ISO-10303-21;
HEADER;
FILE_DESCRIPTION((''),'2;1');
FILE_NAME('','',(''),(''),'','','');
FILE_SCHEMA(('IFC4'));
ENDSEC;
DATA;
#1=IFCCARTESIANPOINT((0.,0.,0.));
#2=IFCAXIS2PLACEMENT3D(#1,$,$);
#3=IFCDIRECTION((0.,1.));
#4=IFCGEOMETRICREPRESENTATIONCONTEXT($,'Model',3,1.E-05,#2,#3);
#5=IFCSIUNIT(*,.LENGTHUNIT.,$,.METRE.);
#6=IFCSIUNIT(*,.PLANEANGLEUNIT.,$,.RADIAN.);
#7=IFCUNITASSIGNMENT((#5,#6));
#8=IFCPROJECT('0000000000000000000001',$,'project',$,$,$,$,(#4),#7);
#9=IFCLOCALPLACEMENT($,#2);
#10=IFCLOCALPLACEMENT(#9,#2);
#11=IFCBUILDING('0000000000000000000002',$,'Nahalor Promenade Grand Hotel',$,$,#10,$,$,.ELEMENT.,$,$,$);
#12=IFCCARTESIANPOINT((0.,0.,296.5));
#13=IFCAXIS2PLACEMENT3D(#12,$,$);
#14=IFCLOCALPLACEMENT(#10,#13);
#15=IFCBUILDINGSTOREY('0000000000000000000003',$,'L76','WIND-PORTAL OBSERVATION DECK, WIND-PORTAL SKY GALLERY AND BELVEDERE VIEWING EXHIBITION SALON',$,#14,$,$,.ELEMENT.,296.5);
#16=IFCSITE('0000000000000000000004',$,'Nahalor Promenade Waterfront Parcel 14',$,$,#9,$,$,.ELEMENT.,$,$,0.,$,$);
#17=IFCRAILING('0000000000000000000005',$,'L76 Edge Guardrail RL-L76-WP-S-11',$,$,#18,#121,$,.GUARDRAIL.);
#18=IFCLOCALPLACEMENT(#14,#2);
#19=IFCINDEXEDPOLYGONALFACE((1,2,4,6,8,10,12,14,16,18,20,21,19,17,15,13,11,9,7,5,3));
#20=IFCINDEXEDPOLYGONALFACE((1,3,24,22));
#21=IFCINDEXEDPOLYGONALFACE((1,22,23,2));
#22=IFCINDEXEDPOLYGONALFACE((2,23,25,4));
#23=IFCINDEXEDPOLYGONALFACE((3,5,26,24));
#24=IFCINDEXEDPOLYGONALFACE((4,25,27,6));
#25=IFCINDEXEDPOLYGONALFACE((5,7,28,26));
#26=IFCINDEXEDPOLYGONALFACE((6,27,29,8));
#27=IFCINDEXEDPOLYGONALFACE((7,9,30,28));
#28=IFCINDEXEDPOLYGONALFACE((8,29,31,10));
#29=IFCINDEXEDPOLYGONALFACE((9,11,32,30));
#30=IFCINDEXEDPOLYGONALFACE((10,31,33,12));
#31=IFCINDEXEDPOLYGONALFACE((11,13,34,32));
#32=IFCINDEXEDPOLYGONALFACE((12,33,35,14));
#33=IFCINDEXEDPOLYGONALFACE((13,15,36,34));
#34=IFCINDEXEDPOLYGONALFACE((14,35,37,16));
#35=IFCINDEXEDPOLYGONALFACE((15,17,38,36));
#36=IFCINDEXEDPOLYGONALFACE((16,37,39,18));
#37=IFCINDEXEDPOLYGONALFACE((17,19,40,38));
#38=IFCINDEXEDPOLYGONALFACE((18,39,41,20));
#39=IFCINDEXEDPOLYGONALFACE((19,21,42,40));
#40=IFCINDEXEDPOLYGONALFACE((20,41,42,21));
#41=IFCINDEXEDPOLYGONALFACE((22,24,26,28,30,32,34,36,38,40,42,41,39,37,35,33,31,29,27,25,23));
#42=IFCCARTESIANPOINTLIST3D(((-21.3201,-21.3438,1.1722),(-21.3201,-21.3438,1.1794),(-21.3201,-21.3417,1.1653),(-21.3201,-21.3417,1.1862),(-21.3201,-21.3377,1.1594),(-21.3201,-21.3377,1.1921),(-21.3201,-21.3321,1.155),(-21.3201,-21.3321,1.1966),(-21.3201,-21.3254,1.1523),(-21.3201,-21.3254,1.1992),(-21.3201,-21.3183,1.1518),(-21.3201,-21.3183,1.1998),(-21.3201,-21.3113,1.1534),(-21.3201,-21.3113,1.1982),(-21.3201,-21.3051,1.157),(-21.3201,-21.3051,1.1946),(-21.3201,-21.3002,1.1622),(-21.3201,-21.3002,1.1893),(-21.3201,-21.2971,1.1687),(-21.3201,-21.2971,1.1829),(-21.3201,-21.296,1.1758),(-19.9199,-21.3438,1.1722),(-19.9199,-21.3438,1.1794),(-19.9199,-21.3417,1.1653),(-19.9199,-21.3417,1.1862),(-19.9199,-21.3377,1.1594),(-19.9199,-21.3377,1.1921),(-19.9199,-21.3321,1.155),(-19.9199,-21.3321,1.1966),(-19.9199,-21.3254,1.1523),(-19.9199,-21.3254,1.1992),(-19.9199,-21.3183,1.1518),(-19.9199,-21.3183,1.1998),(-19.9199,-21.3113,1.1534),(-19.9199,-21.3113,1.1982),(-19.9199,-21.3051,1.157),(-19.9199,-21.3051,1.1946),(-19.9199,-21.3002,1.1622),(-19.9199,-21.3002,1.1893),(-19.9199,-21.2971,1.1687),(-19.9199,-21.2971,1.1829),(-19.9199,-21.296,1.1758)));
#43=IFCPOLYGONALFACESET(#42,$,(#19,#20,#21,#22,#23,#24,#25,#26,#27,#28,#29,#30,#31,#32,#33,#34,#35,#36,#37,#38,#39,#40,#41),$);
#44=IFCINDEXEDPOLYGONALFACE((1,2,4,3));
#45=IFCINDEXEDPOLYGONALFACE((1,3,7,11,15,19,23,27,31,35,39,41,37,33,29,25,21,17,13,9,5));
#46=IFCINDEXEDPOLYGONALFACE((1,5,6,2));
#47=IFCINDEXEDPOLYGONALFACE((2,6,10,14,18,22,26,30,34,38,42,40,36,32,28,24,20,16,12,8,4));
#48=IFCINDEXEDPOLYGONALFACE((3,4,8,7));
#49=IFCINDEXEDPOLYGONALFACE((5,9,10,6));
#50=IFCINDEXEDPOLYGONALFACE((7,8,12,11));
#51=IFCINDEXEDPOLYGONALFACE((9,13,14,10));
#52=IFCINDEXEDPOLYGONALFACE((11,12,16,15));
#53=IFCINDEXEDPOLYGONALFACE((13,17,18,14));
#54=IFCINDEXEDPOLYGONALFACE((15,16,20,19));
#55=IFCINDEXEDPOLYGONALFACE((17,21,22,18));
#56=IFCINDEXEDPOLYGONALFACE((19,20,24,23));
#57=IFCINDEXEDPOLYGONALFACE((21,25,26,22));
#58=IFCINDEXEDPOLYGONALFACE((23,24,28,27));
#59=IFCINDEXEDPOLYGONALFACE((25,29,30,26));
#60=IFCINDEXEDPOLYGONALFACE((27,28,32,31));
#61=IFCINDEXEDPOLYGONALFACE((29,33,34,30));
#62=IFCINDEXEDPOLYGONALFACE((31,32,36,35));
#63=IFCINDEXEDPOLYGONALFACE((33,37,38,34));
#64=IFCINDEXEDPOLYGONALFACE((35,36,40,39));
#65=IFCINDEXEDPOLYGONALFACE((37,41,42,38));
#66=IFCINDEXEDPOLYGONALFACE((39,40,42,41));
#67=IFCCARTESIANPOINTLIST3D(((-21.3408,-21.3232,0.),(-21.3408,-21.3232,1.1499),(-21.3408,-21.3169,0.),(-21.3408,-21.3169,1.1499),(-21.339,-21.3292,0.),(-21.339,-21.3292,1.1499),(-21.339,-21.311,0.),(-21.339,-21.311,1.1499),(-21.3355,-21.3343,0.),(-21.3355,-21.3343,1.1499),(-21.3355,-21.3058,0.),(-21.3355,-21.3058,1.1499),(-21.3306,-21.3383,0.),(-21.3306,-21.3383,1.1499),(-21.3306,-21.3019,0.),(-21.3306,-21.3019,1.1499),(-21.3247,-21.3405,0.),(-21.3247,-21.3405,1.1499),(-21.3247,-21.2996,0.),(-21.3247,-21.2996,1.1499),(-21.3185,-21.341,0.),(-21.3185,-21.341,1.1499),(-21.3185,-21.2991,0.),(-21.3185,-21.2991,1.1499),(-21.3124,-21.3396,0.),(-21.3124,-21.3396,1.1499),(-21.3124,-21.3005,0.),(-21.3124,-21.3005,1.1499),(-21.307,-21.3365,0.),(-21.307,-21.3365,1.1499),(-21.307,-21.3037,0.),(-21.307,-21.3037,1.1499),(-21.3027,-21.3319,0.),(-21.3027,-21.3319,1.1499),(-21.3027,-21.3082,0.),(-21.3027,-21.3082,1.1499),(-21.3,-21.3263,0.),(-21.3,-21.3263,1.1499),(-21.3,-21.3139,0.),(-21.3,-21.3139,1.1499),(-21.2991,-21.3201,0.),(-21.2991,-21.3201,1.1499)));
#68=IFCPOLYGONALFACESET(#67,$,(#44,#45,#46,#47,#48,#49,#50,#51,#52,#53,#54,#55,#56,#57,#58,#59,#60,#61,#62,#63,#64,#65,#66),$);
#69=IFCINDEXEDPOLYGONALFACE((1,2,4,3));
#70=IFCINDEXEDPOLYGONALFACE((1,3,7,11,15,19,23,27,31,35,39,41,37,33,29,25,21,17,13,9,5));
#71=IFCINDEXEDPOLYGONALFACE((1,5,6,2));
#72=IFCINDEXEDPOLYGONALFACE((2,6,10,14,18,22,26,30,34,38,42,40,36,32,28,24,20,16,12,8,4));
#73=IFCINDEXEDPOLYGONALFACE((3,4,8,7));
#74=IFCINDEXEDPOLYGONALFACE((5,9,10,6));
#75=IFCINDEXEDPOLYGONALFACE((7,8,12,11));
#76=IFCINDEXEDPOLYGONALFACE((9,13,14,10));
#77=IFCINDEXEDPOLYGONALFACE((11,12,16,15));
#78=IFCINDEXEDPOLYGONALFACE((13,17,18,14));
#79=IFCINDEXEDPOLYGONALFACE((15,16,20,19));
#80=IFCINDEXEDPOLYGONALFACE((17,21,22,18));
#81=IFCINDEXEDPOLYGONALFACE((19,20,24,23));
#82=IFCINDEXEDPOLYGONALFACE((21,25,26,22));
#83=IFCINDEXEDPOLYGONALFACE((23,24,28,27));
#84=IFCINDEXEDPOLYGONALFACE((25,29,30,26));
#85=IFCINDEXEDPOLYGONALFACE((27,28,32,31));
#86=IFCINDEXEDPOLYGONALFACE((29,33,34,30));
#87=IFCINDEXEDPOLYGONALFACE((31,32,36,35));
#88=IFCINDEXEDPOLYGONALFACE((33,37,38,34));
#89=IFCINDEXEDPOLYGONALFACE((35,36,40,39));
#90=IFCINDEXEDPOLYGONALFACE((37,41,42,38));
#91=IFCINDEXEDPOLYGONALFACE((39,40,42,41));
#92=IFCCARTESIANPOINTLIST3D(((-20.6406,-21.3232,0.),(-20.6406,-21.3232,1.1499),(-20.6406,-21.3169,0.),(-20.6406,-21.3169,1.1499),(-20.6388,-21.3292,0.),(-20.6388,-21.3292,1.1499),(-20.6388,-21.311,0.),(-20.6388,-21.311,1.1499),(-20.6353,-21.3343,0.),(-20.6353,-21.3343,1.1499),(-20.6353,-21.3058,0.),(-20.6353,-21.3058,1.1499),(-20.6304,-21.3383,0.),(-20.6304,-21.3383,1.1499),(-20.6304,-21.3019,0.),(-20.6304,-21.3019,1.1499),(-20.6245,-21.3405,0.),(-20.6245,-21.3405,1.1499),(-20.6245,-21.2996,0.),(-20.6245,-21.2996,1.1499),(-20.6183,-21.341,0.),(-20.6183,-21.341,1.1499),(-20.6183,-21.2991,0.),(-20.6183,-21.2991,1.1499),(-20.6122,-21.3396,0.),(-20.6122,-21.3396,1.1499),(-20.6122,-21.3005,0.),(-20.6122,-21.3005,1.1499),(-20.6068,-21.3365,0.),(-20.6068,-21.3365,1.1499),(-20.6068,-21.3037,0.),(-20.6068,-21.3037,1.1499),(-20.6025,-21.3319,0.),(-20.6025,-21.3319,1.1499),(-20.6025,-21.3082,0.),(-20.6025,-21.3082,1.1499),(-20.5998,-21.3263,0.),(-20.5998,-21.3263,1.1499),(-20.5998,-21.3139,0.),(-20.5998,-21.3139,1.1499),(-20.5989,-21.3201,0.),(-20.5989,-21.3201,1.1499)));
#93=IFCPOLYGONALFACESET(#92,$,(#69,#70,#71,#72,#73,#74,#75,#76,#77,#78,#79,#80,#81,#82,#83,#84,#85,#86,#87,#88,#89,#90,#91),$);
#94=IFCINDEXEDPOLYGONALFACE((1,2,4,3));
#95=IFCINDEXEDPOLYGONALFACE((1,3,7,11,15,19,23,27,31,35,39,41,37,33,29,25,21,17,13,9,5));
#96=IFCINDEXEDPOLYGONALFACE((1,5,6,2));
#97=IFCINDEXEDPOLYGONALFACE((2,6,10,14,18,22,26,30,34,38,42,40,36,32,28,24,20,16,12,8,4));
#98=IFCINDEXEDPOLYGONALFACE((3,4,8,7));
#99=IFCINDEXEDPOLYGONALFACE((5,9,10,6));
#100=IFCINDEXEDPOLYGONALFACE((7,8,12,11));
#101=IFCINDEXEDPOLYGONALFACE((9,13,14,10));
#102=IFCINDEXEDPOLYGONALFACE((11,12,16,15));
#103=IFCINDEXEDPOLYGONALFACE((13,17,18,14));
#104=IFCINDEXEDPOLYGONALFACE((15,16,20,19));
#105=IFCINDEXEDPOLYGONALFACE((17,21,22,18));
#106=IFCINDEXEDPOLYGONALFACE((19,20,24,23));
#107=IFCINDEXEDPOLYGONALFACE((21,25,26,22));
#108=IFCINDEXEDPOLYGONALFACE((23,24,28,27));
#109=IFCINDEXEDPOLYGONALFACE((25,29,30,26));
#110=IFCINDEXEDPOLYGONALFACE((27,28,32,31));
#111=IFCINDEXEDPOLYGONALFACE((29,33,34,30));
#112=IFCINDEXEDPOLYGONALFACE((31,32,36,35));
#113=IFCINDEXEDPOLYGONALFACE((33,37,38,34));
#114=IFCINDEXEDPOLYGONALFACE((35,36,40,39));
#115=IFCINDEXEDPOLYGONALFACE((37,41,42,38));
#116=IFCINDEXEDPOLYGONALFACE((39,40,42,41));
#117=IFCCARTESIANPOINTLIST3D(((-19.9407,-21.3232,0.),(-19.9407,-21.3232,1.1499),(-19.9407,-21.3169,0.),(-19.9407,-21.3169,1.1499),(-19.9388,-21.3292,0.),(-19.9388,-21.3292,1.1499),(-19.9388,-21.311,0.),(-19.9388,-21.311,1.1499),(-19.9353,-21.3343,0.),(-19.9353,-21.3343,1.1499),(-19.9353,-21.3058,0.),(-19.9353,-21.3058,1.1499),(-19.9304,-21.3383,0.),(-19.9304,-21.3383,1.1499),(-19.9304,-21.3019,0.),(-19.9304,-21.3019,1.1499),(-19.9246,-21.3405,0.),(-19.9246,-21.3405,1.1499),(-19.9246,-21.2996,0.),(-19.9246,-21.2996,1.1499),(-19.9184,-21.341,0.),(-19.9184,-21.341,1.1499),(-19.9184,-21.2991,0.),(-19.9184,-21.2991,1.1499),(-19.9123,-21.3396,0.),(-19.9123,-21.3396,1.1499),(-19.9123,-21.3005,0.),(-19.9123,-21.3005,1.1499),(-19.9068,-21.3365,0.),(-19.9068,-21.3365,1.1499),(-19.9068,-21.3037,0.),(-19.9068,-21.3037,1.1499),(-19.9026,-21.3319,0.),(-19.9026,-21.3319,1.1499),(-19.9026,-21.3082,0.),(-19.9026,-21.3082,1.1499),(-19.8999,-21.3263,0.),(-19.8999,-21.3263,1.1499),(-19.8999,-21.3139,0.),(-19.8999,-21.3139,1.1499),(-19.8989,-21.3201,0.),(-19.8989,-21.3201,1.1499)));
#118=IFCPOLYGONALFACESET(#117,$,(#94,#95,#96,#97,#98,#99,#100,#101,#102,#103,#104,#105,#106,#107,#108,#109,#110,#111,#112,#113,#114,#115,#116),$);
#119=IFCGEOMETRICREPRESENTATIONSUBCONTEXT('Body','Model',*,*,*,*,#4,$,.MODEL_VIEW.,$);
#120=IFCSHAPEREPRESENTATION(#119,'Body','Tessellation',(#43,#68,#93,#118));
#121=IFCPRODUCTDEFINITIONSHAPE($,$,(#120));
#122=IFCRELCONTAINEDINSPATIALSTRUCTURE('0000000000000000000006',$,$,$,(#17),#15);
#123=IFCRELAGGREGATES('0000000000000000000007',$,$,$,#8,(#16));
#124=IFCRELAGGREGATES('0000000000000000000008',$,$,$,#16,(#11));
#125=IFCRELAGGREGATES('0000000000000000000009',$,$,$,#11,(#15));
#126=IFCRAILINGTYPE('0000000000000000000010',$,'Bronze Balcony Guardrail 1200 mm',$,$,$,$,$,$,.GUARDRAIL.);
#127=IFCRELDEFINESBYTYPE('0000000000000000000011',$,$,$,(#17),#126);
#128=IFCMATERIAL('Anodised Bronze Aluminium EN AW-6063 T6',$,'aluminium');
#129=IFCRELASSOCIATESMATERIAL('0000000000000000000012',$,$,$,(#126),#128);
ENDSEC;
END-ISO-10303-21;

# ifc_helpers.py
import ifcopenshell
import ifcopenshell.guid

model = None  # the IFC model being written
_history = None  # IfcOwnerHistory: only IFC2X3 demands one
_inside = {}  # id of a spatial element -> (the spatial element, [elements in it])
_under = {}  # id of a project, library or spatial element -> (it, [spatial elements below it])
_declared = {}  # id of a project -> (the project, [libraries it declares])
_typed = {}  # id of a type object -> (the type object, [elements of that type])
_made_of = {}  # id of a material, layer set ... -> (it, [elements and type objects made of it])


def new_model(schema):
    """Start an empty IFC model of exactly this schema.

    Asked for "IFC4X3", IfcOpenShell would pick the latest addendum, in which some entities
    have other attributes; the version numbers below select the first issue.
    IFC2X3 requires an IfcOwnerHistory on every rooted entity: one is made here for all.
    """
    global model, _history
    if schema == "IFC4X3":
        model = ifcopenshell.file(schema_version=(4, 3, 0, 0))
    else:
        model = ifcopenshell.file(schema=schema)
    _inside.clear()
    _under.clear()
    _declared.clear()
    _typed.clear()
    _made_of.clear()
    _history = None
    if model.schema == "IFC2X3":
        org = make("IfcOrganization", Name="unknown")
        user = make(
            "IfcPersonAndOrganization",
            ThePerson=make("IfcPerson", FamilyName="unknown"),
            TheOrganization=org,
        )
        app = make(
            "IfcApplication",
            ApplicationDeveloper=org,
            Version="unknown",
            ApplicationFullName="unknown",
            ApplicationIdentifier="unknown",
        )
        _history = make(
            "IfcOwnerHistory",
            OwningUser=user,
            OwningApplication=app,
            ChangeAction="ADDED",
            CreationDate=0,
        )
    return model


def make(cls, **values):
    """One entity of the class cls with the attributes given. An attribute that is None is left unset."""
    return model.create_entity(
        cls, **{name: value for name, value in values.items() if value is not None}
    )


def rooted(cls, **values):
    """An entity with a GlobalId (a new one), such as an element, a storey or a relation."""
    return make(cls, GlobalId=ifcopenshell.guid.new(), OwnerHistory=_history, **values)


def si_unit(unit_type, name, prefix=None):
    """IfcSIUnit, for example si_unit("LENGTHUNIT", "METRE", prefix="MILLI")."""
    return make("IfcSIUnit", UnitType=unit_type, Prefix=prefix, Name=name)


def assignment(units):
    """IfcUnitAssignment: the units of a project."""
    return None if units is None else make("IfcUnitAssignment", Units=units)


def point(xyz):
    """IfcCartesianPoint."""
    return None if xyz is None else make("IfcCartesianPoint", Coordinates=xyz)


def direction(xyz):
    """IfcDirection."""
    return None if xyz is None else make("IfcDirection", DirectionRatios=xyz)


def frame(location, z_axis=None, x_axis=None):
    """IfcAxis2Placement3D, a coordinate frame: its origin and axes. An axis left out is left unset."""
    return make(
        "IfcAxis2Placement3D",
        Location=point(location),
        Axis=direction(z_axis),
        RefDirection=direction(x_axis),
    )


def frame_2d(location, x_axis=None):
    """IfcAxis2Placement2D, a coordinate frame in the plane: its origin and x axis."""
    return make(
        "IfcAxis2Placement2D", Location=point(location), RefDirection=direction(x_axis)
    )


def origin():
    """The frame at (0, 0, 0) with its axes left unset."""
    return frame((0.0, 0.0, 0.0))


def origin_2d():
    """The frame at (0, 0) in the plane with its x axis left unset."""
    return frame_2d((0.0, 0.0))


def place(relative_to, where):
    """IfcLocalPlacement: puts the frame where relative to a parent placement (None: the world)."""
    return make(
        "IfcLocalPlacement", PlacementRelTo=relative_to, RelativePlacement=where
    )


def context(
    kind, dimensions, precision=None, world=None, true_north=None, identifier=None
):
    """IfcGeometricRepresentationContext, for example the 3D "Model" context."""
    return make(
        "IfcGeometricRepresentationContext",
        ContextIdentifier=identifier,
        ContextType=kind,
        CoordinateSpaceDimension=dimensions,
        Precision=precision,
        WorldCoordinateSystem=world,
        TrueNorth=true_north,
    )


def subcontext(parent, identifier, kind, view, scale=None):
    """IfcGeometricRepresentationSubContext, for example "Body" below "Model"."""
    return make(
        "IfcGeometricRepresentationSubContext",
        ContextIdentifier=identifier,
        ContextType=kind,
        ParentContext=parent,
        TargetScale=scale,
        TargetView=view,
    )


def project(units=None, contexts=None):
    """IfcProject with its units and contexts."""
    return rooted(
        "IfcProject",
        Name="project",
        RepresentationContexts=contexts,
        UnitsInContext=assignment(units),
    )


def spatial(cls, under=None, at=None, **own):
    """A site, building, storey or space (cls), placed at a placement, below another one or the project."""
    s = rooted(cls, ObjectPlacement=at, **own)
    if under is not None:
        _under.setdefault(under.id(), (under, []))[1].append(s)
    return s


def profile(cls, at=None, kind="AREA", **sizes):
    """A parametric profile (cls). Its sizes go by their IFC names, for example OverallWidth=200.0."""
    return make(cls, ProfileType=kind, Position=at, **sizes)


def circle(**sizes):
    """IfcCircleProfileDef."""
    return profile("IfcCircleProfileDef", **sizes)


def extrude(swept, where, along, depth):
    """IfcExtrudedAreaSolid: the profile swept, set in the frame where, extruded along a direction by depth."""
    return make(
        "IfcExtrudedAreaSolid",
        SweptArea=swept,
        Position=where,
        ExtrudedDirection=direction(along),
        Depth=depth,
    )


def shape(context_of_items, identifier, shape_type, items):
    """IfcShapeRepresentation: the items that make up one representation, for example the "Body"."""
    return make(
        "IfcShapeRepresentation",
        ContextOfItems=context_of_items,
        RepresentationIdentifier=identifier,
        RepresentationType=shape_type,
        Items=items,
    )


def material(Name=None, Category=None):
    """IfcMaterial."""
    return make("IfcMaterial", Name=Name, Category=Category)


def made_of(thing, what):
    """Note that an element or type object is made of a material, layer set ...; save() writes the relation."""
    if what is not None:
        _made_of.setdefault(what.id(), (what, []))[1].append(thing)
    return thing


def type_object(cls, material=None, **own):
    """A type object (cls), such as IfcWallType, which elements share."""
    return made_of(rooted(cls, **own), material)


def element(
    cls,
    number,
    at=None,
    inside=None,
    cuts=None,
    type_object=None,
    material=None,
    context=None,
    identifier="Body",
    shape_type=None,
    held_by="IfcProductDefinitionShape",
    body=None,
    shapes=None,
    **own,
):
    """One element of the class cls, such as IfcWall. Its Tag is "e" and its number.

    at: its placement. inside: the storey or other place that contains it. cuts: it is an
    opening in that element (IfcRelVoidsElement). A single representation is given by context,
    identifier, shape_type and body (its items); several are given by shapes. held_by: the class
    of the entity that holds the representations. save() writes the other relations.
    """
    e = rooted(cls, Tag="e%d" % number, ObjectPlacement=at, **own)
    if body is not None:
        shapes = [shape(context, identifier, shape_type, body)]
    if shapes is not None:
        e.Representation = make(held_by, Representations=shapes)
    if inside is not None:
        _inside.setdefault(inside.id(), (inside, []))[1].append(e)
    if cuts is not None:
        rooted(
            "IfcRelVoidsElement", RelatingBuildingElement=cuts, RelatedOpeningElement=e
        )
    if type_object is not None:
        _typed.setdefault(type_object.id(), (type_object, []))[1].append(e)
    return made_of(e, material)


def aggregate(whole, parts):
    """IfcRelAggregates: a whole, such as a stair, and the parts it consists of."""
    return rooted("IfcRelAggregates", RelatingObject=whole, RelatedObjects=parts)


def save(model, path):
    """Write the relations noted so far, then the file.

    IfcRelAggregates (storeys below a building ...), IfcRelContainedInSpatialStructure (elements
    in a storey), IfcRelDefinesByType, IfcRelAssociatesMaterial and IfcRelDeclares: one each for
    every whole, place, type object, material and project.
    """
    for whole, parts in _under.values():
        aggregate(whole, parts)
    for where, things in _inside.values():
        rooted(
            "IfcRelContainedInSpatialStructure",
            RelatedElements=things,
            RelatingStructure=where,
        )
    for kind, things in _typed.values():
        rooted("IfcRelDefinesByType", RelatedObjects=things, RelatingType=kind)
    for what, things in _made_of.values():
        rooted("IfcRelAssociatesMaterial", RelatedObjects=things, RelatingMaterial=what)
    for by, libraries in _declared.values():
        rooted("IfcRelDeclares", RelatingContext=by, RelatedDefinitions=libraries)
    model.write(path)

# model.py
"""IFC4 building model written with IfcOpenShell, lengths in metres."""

from ifc_helpers import new_model, si_unit, direction, frame, origin, origin_2d, place, context, subcontext, project, spatial, circle, extrude, material, type_object, element, save


model = new_model("IFC4")

# Units and contexts
model_context = context("Model", 3, precision=1e-05, world=origin(), true_north=direction((0.0, 1.0)))
body_context = subcontext(model_context, "Body", "Model", "MODEL_VIEW")
ifc_project = project(units=[si_unit("LENGTHUNIT", "METRE"), si_unit("PLANEANGLEUNIT", "RADIAN")], contexts=[model_context])

# Site, building, storey
site_placement = place(None, origin())
site = spatial("IfcSite", under=ifc_project, at=site_placement, Name="Nahalor Promenade Waterfront Parcel 14", CompositionType="ELEMENT", RefElevation=0.0)
building_placement = place(site_placement, origin())
building = spatial("IfcBuilding", under=site, at=building_placement, Name="Nahalor Promenade Grand Hotel", CompositionType="ELEMENT")
storey_placement = place(building_placement, frame((0.0, 0.0, 296.5)))
storey = spatial("IfcBuildingStorey", under=building, at=storey_placement, Name="L76", Description="WIND-PORTAL OBSERVATION DECK, WIND-PORTAL SKY GALLERY AND BELVEDERE VIEWING EXHIBITION SALON", CompositionType="ELEMENT", Elevation=296.5)

# Railing
ifc_material_1 = material(Name="Anodised Bronze Aluminium EN AW-6063 T6", Category="aluminium")
railing_type = type_object("IfcRailingType", Name="Bronze Balcony Guardrail 1200 mm", PredefinedType="GUARDRAIL", material=ifc_material_1)
railing_1_placement = place(storey_placement, frame((-21.3201, -21.3201, 0.0)))
element("IfcRailing", 1, at=railing_1_placement, inside=storey, type_object=railing_type, Name="L76 Edge Guardrail RL-L76-WP-S-11", PredefinedType="GUARDRAIL", context=body_context, shape_type="SweptSolid", body=[
    extrude(circle(Radius=0.024, at=origin_2d()), frame((0.0, 0.0, 1.1758), z_axis=(1.0, 0.0, 0.0), x_axis=(0.0, 1.0, 0.0)), (0.0, 0.0, 1.0), 1.4001),
    extrude(circle(Radius=0.021, at=origin_2d()), origin(), (0.0, 0.0, 1.0), 1.1499),
    extrude(circle(Radius=0.021, at=origin_2d()), frame((0.7002, 0.0, 0.0)), (0.0, 0.0, 1.0), 1.1499),
    extrude(circle(Radius=0.021, at=origin_2d()), frame((1.4001, 0.0, 0.0)), (0.0, 0.0, 1.0), 1.1499),
])

save(model, "model.ifc")
